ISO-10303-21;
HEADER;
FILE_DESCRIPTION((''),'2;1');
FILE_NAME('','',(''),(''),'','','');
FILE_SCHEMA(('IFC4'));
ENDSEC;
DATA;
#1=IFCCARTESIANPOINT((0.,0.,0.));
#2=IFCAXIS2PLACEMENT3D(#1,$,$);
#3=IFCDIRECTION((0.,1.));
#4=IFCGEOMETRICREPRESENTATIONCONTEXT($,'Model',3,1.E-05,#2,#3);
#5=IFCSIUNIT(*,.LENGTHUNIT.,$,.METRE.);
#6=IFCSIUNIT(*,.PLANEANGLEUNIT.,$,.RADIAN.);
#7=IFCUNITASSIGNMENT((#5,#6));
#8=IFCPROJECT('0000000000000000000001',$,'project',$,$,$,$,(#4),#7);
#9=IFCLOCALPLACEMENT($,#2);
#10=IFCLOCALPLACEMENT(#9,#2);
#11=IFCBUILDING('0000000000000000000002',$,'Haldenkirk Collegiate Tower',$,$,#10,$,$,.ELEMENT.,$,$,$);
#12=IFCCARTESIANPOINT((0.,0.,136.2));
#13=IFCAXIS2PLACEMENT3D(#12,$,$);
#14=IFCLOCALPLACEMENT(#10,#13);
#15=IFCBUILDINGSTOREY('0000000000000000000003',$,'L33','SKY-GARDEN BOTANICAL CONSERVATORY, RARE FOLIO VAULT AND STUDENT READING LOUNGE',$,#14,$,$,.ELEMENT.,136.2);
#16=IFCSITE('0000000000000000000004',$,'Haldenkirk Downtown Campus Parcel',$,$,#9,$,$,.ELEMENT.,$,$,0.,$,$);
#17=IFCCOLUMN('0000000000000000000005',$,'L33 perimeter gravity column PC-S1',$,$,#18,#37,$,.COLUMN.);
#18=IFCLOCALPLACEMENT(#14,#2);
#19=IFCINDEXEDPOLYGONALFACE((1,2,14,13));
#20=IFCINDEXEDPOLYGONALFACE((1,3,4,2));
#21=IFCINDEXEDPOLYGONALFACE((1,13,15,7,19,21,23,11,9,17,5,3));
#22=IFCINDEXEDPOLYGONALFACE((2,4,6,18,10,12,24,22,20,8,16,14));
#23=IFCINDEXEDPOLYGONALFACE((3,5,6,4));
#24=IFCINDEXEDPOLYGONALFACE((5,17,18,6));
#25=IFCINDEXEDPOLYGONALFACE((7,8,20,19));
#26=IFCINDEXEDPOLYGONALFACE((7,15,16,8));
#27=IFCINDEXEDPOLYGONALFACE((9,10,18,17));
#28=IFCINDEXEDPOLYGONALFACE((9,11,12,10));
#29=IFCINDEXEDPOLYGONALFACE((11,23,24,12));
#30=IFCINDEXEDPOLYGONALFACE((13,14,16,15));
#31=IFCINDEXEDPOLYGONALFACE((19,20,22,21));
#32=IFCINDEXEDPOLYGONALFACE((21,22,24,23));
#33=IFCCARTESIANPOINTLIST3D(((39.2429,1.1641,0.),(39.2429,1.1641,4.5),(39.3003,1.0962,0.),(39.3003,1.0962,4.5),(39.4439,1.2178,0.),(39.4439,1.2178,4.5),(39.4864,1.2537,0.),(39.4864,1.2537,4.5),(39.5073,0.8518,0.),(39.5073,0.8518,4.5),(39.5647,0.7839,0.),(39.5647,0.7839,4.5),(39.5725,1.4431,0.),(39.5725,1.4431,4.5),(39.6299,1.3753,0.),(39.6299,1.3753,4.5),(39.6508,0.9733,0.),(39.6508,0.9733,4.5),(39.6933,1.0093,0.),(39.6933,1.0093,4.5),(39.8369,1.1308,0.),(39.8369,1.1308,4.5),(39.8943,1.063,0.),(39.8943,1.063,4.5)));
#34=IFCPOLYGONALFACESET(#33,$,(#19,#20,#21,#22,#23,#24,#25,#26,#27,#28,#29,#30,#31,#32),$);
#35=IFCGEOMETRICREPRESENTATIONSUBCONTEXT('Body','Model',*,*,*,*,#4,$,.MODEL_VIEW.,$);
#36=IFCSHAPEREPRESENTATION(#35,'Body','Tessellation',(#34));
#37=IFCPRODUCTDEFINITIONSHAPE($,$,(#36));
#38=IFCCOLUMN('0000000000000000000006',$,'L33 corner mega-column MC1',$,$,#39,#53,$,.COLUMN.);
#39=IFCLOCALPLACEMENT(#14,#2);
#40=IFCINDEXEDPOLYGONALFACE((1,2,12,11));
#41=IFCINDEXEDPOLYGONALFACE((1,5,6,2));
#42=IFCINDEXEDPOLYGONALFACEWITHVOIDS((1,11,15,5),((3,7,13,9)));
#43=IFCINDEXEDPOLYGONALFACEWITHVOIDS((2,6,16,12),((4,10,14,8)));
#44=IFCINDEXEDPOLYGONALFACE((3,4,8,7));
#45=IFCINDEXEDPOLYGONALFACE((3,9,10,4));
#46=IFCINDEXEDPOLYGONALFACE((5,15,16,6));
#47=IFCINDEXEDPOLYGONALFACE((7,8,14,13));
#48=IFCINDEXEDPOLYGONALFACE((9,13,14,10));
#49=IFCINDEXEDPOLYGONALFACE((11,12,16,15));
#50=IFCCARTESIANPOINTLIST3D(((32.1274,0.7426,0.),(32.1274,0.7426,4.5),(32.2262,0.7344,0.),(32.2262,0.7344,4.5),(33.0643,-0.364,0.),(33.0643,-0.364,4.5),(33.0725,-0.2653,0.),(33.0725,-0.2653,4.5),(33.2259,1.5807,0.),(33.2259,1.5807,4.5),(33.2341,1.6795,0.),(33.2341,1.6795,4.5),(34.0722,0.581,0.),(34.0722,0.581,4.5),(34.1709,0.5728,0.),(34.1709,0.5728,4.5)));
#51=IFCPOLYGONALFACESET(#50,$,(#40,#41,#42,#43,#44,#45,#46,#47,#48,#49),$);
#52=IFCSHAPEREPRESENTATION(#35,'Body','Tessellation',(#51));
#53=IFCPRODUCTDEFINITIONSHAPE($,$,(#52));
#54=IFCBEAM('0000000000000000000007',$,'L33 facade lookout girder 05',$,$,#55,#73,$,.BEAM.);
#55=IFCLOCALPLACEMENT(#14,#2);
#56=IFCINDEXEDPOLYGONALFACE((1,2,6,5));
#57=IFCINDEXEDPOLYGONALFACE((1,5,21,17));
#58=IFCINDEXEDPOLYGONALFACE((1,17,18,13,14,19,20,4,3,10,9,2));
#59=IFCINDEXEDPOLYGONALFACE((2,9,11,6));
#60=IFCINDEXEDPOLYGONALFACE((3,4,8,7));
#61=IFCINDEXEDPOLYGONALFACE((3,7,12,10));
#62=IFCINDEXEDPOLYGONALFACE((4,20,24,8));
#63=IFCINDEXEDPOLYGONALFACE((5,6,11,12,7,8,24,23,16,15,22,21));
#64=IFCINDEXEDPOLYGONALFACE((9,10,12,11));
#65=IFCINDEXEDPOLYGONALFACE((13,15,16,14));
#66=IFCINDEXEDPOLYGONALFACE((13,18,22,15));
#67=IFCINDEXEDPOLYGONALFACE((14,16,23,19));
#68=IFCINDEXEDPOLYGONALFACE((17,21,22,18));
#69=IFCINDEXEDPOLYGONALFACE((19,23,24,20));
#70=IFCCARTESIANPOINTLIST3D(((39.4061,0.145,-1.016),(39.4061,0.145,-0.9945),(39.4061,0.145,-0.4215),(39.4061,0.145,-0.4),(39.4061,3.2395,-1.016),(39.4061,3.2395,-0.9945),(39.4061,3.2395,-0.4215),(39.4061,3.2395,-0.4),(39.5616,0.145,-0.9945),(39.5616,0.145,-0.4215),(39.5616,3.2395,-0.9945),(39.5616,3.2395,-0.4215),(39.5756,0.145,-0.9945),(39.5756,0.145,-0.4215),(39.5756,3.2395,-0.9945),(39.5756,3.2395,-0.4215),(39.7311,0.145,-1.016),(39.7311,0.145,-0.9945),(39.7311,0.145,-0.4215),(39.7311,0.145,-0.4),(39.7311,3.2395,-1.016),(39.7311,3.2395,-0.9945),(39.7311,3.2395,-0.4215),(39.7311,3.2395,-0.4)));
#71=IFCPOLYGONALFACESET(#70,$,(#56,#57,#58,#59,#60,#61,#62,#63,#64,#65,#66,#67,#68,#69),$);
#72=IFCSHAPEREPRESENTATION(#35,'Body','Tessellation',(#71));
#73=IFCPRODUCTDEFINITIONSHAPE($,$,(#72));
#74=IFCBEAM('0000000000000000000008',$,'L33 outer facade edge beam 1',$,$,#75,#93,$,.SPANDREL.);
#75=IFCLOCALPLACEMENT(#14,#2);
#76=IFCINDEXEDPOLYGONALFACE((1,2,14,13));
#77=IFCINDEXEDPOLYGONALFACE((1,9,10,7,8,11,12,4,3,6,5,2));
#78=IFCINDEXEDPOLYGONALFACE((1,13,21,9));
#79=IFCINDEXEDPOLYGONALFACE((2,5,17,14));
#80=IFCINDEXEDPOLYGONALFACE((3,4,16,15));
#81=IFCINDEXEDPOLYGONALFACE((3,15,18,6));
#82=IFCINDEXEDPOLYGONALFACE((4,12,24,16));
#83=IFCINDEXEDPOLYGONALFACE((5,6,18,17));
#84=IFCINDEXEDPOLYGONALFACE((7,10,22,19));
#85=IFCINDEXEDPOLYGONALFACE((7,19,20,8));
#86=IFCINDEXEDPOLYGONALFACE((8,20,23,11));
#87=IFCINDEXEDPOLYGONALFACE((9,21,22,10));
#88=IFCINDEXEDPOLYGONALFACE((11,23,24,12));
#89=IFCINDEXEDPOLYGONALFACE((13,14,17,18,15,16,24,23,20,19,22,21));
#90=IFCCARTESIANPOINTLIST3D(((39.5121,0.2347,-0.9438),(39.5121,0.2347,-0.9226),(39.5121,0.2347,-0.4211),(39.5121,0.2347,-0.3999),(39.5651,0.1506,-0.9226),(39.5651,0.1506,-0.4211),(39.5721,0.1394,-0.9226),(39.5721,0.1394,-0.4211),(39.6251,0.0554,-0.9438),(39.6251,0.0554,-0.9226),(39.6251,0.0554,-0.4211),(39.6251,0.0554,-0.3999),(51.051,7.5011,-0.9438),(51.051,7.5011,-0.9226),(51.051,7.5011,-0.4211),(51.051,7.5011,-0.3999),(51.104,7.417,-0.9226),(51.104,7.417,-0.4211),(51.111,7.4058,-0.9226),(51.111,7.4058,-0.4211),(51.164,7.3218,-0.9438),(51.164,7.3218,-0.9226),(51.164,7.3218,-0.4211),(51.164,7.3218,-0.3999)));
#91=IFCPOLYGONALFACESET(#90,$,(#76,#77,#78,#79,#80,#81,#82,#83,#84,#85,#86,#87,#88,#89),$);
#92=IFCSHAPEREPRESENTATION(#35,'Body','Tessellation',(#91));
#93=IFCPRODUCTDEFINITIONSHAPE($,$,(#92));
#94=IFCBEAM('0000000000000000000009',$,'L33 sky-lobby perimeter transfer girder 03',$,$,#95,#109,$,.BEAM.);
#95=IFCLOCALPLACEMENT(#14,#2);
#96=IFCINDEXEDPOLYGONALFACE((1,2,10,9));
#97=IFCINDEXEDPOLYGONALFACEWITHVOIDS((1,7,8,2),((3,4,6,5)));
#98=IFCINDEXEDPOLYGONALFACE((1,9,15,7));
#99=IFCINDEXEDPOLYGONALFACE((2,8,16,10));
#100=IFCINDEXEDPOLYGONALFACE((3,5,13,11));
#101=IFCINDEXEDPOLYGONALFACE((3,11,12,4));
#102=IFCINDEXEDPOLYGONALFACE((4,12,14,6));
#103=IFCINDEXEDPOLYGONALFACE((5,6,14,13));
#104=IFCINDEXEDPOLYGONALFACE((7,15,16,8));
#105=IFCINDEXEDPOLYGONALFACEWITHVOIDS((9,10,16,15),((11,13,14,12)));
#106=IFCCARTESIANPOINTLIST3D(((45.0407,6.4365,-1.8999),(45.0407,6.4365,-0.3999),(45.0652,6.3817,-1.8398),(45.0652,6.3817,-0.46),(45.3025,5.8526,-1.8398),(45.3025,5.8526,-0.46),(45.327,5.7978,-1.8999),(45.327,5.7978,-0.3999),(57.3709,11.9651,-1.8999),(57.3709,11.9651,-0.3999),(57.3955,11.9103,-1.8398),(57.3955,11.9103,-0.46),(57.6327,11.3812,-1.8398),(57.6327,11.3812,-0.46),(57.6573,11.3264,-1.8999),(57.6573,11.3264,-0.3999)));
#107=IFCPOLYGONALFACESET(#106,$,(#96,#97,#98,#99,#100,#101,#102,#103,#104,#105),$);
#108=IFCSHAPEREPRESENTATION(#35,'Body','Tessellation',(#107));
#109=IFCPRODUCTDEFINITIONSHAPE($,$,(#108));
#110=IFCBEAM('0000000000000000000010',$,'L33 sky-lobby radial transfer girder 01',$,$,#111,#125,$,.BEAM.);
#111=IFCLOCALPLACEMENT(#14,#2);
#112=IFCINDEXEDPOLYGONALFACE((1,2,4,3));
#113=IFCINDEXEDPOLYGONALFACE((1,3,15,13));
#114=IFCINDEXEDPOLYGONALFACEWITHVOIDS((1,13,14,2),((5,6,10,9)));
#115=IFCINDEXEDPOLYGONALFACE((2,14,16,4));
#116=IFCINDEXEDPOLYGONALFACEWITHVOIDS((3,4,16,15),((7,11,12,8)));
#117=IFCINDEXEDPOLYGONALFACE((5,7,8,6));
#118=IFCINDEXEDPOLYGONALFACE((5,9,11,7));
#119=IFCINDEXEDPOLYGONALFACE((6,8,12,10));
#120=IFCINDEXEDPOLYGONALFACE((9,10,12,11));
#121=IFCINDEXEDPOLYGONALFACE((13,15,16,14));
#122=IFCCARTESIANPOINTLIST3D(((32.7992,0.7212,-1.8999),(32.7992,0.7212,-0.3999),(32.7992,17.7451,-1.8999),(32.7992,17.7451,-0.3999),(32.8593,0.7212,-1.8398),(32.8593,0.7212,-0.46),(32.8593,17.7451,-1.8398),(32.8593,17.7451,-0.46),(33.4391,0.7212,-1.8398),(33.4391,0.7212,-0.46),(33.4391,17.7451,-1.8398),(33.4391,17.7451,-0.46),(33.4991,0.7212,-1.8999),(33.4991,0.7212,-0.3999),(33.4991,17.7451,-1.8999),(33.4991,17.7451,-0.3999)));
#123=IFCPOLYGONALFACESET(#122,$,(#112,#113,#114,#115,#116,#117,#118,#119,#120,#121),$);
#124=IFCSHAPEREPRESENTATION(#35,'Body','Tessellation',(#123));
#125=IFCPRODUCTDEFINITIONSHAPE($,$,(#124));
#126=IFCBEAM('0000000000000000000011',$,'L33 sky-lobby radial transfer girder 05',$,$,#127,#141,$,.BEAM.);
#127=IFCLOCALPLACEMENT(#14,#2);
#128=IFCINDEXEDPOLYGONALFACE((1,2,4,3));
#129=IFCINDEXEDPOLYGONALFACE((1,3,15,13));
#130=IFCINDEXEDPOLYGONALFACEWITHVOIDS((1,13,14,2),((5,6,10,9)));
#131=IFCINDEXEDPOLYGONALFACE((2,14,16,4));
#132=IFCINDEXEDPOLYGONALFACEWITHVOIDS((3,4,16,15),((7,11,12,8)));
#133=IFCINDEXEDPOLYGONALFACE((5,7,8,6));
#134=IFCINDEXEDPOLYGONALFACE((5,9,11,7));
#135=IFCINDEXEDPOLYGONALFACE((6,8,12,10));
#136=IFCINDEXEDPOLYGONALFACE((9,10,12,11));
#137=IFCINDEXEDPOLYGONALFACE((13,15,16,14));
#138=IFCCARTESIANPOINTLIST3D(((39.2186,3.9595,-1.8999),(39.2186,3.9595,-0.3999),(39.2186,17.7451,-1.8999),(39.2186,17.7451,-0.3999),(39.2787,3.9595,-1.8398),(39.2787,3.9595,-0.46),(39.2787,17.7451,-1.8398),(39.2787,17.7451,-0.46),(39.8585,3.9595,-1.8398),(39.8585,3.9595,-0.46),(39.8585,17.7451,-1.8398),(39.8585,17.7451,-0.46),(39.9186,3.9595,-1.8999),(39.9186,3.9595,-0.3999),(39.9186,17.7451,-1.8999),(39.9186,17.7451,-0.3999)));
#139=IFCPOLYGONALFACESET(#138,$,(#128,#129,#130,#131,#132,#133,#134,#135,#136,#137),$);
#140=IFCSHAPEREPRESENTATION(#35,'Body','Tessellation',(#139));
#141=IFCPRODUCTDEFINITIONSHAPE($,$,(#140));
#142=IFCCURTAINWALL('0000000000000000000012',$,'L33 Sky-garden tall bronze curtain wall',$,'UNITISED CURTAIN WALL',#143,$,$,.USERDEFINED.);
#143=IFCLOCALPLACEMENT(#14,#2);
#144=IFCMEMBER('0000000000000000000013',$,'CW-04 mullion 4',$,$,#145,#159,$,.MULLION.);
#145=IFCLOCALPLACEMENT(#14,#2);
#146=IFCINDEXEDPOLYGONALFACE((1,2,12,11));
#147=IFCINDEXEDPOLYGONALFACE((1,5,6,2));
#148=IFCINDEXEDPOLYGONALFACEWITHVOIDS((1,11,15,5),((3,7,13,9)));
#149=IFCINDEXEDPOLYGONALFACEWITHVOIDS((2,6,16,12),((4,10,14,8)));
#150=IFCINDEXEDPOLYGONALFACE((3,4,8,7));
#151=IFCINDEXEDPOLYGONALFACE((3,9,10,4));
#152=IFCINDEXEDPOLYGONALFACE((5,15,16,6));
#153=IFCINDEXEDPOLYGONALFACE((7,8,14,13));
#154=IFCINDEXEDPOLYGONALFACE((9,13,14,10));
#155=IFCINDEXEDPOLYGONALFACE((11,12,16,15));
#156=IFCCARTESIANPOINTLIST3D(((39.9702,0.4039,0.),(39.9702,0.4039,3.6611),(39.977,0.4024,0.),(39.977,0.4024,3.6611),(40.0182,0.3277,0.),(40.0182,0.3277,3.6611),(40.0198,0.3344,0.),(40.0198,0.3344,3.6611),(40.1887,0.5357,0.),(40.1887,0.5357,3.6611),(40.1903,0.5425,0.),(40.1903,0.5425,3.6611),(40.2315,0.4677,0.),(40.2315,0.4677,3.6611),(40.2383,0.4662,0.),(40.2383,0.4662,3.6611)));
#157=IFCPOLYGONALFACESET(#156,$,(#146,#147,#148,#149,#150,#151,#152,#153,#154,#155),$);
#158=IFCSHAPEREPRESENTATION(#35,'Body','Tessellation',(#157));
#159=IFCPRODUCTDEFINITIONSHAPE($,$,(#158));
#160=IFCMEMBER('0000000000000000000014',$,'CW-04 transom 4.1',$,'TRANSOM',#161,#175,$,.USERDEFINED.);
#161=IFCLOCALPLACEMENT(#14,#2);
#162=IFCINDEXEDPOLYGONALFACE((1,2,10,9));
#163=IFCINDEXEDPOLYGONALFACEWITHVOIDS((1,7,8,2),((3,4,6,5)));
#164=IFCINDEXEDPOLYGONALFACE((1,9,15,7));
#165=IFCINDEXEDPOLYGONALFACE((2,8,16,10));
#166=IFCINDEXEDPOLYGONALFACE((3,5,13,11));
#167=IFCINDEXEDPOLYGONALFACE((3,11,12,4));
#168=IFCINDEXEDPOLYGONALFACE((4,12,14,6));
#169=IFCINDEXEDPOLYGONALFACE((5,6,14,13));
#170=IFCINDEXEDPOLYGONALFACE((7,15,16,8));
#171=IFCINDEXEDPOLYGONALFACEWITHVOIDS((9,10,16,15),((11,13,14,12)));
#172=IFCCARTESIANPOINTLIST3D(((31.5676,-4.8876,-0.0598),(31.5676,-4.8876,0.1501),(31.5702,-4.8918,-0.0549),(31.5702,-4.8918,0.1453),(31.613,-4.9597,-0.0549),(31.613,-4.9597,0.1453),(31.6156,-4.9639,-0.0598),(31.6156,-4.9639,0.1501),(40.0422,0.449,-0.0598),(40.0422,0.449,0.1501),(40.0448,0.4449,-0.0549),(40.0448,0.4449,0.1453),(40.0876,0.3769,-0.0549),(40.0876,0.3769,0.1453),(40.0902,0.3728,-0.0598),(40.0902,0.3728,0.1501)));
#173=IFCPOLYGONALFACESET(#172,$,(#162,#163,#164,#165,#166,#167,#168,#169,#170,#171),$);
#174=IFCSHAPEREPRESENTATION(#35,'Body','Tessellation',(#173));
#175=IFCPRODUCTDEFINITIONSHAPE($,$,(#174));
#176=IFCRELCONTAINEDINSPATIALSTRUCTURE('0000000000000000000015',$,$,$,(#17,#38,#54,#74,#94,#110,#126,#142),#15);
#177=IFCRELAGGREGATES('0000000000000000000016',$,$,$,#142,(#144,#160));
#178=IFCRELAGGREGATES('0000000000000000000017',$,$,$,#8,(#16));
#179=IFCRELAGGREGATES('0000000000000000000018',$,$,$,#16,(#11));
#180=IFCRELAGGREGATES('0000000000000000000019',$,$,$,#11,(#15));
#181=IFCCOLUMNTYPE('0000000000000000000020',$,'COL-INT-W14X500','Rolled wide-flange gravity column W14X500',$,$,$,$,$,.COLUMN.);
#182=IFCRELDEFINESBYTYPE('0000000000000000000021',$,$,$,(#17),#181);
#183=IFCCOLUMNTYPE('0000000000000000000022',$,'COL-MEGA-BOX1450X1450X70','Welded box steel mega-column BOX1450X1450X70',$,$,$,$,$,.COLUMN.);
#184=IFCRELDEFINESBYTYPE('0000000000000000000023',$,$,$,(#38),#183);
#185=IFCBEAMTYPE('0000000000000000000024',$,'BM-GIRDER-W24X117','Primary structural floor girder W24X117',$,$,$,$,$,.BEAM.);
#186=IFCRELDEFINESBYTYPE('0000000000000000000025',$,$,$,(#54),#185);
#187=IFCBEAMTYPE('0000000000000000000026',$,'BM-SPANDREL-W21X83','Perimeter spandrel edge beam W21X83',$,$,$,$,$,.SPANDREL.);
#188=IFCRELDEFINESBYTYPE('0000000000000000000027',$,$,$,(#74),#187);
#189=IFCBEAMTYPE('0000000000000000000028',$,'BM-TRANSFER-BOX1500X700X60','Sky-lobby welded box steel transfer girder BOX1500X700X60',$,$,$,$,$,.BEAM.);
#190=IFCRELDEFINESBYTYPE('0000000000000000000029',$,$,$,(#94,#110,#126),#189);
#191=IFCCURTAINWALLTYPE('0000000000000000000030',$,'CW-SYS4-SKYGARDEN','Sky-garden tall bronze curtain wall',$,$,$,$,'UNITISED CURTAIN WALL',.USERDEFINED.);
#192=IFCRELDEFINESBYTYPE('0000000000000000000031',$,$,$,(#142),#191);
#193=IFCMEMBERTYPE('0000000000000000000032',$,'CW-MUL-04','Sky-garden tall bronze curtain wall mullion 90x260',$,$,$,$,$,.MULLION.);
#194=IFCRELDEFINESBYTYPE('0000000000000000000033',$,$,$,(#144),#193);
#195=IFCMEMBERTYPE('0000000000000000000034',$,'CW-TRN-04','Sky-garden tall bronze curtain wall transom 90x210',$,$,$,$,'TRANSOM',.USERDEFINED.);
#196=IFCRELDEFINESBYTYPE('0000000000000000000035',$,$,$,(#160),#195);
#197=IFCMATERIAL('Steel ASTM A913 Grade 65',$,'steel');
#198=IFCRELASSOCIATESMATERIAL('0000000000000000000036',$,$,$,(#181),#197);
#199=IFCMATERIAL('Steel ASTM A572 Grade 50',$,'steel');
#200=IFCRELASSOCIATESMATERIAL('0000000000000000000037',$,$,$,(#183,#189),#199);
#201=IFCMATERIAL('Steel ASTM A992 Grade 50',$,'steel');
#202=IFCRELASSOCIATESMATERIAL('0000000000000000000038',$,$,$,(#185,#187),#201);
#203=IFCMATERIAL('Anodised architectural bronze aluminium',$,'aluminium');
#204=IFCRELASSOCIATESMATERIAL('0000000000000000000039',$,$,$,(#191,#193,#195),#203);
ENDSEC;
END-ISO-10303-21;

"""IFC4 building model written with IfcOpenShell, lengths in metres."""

from ifc_helpers import new_model, si_unit, direction, frame, origin, origin_2d, place, context, subcontext, project, spatial, hollow_rectangle, i_section, extrude, material, material_profile, profile_set, type_object, element, aggregate, save


model = new_model("IFC4")

# Units and contexts
model_context = context("Model", 3, precision=1e-05, world=origin(), true_north=direction((0.0, 1.0)))
body_context = subcontext(model_context, "Body", "Model", "MODEL_VIEW")
ifc_project = project(units=[si_unit("LENGTHUNIT", "METRE"), si_unit("PLANEANGLEUNIT", "RADIAN")], contexts=[model_context])

# Site, building, storey
site_placement = place(None, origin())
site = spatial("IfcSite", under=ifc_project, at=site_placement, Name="Haldenkirk Downtown Campus Parcel", CompositionType="ELEMENT", RefElevation=0.0)
building_placement = place(site_placement, origin())
building = spatial("IfcBuilding", under=site, at=building_placement, Name="Haldenkirk Collegiate Tower", CompositionType="ELEMENT")
storey_placement = place(building_placement, frame((0.0, 0.0, 136.2)))
storey = spatial("IfcBuildingStorey", under=building, at=storey_placement, Name="L33", Description="SKY-GARDEN BOTANICAL CONSERVATORY, RARE FOLIO VAULT AND STUDENT READING LOUNGE", CompositionType="ELEMENT", Elevation=136.2)

# Columns
ifc_material_1 = material(Name="Steel ASTM A913 Grade 65", Category="steel")
ifc_material_profile_1 = material_profile(ifc_material_1, i_section(OverallWidth=0.4319, OverallDepth=0.498, WebThickness=0.0557, FlangeThickness=0.0889, at=origin_2d()), Name="W14X500")
ifc_profile_set_1 = profile_set([ifc_material_profile_1], Name="Steel ASTM A913 Grade 65")
column_type_1 = type_object("IfcColumnType", Name="COL-INT-W14X500", Description="Rolled wide-flange gravity column W14X500", PredefinedType="COLUMN", material=ifc_profile_set_1)
column_1_placement = place(storey_placement, frame((39.5686, 1.1135, 0.0), z_axis=(0.0, 0.0, 1.0), x_axis=(0.763232, 0.646124, 0.0)))
element("IfcColumn", 1, at=column_1_placement, inside=storey, type_object=column_type_1, Name="L33 perimeter gravity column PC-S1", PredefinedType="COLUMN", context=body_context, shape_type="SweptSolid", body=[
    extrude(i_section(OverallWidth=0.4319, OverallDepth=0.498, WebThickness=0.0557, FlangeThickness=0.0889, at=origin_2d()), origin(), (0.0, 0.0, 1.0), 4.5),
])
ifc_material_2 = material(Name="Steel ASTM A572 Grade 50", Category="steel")
ifc_material_profile_2 = material_profile(ifc_material_2, hollow_rectangle(XDim=1.45, YDim=1.45, WallThickness=0.0701, at=origin_2d()), Name="BOX1450X1450X70")
ifc_profile_set_2 = profile_set([ifc_material_profile_2], Name="Steel ASTM A572 Grade 50")
column_type_2 = type_object("IfcColumnType", Name="COL-MEGA-BOX1450X1450X70", Description="Welded box steel mega-column BOX1450X1450X70", PredefinedType="COLUMN", material=ifc_profile_set_2)
column_2_placement = place(storey_placement, frame((33.1492, 0.6577, 0.0), z_axis=(0.0, 0.0, 1.0), x_axis=(0.763232, 0.646124, 0.0)))
element("IfcColumn", 2, at=column_2_placement, inside=storey, type_object=column_type_2, Name="L33 corner mega-column MC1", PredefinedType="COLUMN", context=body_context, shape_type="SweptSolid", body=[
    extrude(hollow_rectangle(XDim=1.45, YDim=1.45, WallThickness=0.0701, at=origin_2d()), origin(), (0.0, 0.0, 1.0), 4.5),
])

# Beams
ifc_material_3 = material(Name="Steel ASTM A992 Grade 50", Category="steel")
ifc_material_profile_3 = material_profile(ifc_material_3, i_section(OverallWidth=0.325, OverallDepth=0.616, WebThickness=0.0139, FlangeThickness=0.0215, at=origin_2d()), Name="W24X117")
ifc_profile_set_3 = profile_set([ifc_material_profile_3], Name="Steel ASTM A992 Grade 50")
beam_type_1 = type_object("IfcBeamType", Name="BM-GIRDER-W24X117", Description="Primary structural floor girder W24X117", PredefinedType="BEAM", material=ifc_profile_set_3)
beam_1_placement = place(storey_placement, frame((39.5686, 3.2395, -0.708), z_axis=(0.0, -1.0, 0.0), x_axis=(1.0, 0.0, 0.0)))
element("IfcBeam", 3, at=beam_1_placement, inside=storey, type_object=beam_type_1, Name="L33 facade lookout girder 05", PredefinedType="BEAM", context=body_context, shape_type="SweptSolid", body=[
    extrude(i_section(OverallWidth=0.325, OverallDepth=0.616, WebThickness=0.0139, FlangeThickness=0.0215, at=origin_2d()), origin(), (0.0, 0.0, 1.0), 3.0945),
])
ifc_material_profile_4 = material_profile(ifc_material_3, i_section(OverallWidth=0.2119, OverallDepth=0.5439, WebThickness=0.0132, FlangeThickness=0.0212, at=origin_2d()), Name="W21X83")
ifc_profile_set_4 = profile_set([ifc_material_profile_4], Name="Steel ASTM A992 Grade 50")
beam_type_2 = type_object("IfcBeamType", Name="BM-SPANDREL-W21X83", Description="Perimeter spandrel edge beam W21X83", PredefinedType="SPANDREL", material=ifc_profile_set_4)
beam_2_placement = place(storey_placement, frame((39.5686, 0.145, -0.6719), z_axis=(0.846194, 0.532875, 0.0), x_axis=(-0.532875, 0.846194, 0.0)))
element("IfcBeam", 4, at=beam_2_placement, inside=storey, type_object=beam_type_2, Name="L33 outer facade edge beam 1", PredefinedType="SPANDREL", context=body_context, shape_type="SweptSolid", body=[
    extrude(i_section(OverallWidth=0.2119, OverallDepth=0.5439, WebThickness=0.0132, FlangeThickness=0.0212, at=origin_2d()), origin(), (0.0, 0.0, 1.0), 13.6362),
])
ifc_material_profile_5 = material_profile(ifc_material_2, hollow_rectangle(XDim=0.7, YDim=1.5, WallThickness=0.0601, at=origin_2d()), Name="BOX1500X700X60")
ifc_profile_set_5 = profile_set([ifc_material_profile_5], Name="Steel ASTM A572 Grade 50")
beam_type_3 = type_object("IfcBeamType", Name="BM-TRANSFER-BOX1500X700X60", Description="Sky-lobby welded box steel transfer girder BOX1500X700X60", PredefinedType="BEAM", material=ifc_profile_set_5)
beam_3_placement = place(storey_placement, frame((45.1838, 6.1172, -1.1499), z_axis=(0.912477, 0.409129, 0.0), x_axis=(-0.409129, 0.912477, 0.0)))
element("IfcBeam", 5, at=beam_3_placement, inside=storey, type_object=beam_type_3, Name="L33 sky-lobby perimeter transfer girder 03", PredefinedType="BEAM", context=body_context, shape_type="SweptSolid", body=[
    extrude(hollow_rectangle(XDim=0.7, YDim=1.5, WallThickness=0.0601, at=origin_2d()), origin(), (0.0, 0.0, 1.0), 13.5129),
])
beam_4_placement = place(storey_placement, frame((33.1492, 0.7212, -1.1499), z_axis=(0.0, 1.0, 0.0), x_axis=(-1.0, 0.0, 0.0)))
element("IfcBeam", 6, at=beam_4_placement, inside=storey, type_object=beam_type_3, Name="L33 sky-lobby radial transfer girder 01", PredefinedType="BEAM", context=body_context, shape_type="SweptSolid", body=[
    extrude(hollow_rectangle(XDim=0.7, YDim=1.5, WallThickness=0.0601, at=origin_2d()), origin(), (0.0, 0.0, 1.0), 17.0239),
])
beam_5_placement = place(storey_placement, frame((39.5686, 3.9595, -1.1499), z_axis=(0.0, 1.0, 0.0), x_axis=(-1.0, 0.0, 0.0)))
element("IfcBeam", 7, at=beam_5_placement, inside=storey, type_object=beam_type_3, Name="L33 sky-lobby radial transfer girder 05", PredefinedType="BEAM", context=body_context, shape_type="SweptSolid", body=[
    extrude(hollow_rectangle(XDim=0.7, YDim=1.5, WallThickness=0.0601, at=origin_2d()), origin(), (0.0, 0.0, 1.0), 13.7856),
])

# Curtain wall, members
ifc_material_4 = material(Name="Anodised architectural bronze aluminium", Category="aluminium")
curtain_wall_type = type_object("IfcCurtainWallType", Name="CW-SYS4-SKYGARDEN", Description="Sky-garden tall bronze curtain wall", ElementType="UNITISED CURTAIN WALL", PredefinedType="USERDEFINED", material=ifc_material_4)
curtain_wall_placement = place(storey_placement, origin())
curtain_wall = element("IfcCurtainWall", 8, at=curtain_wall_placement, inside=storey, type_object=curtain_wall_type, Name="L33 Sky-garden tall bronze curtain wall", ObjectType="UNITISED CURTAIN WALL", PredefinedType="USERDEFINED")
ifc_material_profile_6 = material_profile(ifc_material_4, hollow_rectangle(XDim=0.0901, YDim=0.26, WallThickness=0.0049, at=origin_2d()), Name="CW-MUL-04")
ifc_profile_set_6 = profile_set([ifc_material_profile_6], Name="Anodised architectural bronze aluminium")
member_type_1 = type_object("IfcMemberType", Name="CW-MUL-04", Description="Sky-garden tall bronze curtain wall mullion 90x260", PredefinedType="MULLION", material=ifc_profile_set_6)
member_1_placement = place(storey_placement, frame((40.1042, 0.4351, 0.0), z_axis=(0.0, 0.0, 1.0), x_axis=(0.532875, -0.846194, 0.0)))
member_1 = element("IfcMember", 9, at=member_1_placement, type_object=member_type_1, Name="CW-04 mullion 4", PredefinedType="MULLION", context=body_context, shape_type="SweptSolid", body=[
    extrude(hollow_rectangle(XDim=0.0901, YDim=0.26, WallThickness=0.0049, at=origin_2d()), origin(), (0.0, 0.0, 1.0), 3.6611),
])
ifc_material_profile_7 = material_profile(ifc_material_4, hollow_rectangle(XDim=0.0901, YDim=0.21, WallThickness=0.0049, at=origin_2d()), Name="CW-TRN-04")
ifc_profile_set_7 = profile_set([ifc_material_profile_7], Name="Anodised architectural bronze aluminium")
member_type_2 = type_object("IfcMemberType", Name="CW-TRN-04", Description="Sky-garden tall bronze curtain wall transom 90x210", ElementType="TRANSOM", PredefinedType="USERDEFINED", material=ifc_profile_set_7)
member_2_placement = place(storey_placement, frame((40.0662, 0.4109, 0.0452), z_axis=(-0.846197, -0.532871, 0.0), x_axis=(0.532871, -0.846197, 0.0)))
member_2 = element("IfcMember", 10, at=member_2_placement, type_object=member_type_2, Name="CW-04 transom 4.1", ObjectType="TRANSOM", PredefinedType="USERDEFINED", context=body_context, shape_type="SweptSolid", body=[
    extrude(hollow_rectangle(XDim=0.0901, YDim=0.21, WallThickness=0.0049, at=origin_2d()), origin(), (0.0, 0.0, 1.0), 10.0149),
])

aggregate(curtain_wall, [member_1, member_2])

save(model, "model.ifc")
